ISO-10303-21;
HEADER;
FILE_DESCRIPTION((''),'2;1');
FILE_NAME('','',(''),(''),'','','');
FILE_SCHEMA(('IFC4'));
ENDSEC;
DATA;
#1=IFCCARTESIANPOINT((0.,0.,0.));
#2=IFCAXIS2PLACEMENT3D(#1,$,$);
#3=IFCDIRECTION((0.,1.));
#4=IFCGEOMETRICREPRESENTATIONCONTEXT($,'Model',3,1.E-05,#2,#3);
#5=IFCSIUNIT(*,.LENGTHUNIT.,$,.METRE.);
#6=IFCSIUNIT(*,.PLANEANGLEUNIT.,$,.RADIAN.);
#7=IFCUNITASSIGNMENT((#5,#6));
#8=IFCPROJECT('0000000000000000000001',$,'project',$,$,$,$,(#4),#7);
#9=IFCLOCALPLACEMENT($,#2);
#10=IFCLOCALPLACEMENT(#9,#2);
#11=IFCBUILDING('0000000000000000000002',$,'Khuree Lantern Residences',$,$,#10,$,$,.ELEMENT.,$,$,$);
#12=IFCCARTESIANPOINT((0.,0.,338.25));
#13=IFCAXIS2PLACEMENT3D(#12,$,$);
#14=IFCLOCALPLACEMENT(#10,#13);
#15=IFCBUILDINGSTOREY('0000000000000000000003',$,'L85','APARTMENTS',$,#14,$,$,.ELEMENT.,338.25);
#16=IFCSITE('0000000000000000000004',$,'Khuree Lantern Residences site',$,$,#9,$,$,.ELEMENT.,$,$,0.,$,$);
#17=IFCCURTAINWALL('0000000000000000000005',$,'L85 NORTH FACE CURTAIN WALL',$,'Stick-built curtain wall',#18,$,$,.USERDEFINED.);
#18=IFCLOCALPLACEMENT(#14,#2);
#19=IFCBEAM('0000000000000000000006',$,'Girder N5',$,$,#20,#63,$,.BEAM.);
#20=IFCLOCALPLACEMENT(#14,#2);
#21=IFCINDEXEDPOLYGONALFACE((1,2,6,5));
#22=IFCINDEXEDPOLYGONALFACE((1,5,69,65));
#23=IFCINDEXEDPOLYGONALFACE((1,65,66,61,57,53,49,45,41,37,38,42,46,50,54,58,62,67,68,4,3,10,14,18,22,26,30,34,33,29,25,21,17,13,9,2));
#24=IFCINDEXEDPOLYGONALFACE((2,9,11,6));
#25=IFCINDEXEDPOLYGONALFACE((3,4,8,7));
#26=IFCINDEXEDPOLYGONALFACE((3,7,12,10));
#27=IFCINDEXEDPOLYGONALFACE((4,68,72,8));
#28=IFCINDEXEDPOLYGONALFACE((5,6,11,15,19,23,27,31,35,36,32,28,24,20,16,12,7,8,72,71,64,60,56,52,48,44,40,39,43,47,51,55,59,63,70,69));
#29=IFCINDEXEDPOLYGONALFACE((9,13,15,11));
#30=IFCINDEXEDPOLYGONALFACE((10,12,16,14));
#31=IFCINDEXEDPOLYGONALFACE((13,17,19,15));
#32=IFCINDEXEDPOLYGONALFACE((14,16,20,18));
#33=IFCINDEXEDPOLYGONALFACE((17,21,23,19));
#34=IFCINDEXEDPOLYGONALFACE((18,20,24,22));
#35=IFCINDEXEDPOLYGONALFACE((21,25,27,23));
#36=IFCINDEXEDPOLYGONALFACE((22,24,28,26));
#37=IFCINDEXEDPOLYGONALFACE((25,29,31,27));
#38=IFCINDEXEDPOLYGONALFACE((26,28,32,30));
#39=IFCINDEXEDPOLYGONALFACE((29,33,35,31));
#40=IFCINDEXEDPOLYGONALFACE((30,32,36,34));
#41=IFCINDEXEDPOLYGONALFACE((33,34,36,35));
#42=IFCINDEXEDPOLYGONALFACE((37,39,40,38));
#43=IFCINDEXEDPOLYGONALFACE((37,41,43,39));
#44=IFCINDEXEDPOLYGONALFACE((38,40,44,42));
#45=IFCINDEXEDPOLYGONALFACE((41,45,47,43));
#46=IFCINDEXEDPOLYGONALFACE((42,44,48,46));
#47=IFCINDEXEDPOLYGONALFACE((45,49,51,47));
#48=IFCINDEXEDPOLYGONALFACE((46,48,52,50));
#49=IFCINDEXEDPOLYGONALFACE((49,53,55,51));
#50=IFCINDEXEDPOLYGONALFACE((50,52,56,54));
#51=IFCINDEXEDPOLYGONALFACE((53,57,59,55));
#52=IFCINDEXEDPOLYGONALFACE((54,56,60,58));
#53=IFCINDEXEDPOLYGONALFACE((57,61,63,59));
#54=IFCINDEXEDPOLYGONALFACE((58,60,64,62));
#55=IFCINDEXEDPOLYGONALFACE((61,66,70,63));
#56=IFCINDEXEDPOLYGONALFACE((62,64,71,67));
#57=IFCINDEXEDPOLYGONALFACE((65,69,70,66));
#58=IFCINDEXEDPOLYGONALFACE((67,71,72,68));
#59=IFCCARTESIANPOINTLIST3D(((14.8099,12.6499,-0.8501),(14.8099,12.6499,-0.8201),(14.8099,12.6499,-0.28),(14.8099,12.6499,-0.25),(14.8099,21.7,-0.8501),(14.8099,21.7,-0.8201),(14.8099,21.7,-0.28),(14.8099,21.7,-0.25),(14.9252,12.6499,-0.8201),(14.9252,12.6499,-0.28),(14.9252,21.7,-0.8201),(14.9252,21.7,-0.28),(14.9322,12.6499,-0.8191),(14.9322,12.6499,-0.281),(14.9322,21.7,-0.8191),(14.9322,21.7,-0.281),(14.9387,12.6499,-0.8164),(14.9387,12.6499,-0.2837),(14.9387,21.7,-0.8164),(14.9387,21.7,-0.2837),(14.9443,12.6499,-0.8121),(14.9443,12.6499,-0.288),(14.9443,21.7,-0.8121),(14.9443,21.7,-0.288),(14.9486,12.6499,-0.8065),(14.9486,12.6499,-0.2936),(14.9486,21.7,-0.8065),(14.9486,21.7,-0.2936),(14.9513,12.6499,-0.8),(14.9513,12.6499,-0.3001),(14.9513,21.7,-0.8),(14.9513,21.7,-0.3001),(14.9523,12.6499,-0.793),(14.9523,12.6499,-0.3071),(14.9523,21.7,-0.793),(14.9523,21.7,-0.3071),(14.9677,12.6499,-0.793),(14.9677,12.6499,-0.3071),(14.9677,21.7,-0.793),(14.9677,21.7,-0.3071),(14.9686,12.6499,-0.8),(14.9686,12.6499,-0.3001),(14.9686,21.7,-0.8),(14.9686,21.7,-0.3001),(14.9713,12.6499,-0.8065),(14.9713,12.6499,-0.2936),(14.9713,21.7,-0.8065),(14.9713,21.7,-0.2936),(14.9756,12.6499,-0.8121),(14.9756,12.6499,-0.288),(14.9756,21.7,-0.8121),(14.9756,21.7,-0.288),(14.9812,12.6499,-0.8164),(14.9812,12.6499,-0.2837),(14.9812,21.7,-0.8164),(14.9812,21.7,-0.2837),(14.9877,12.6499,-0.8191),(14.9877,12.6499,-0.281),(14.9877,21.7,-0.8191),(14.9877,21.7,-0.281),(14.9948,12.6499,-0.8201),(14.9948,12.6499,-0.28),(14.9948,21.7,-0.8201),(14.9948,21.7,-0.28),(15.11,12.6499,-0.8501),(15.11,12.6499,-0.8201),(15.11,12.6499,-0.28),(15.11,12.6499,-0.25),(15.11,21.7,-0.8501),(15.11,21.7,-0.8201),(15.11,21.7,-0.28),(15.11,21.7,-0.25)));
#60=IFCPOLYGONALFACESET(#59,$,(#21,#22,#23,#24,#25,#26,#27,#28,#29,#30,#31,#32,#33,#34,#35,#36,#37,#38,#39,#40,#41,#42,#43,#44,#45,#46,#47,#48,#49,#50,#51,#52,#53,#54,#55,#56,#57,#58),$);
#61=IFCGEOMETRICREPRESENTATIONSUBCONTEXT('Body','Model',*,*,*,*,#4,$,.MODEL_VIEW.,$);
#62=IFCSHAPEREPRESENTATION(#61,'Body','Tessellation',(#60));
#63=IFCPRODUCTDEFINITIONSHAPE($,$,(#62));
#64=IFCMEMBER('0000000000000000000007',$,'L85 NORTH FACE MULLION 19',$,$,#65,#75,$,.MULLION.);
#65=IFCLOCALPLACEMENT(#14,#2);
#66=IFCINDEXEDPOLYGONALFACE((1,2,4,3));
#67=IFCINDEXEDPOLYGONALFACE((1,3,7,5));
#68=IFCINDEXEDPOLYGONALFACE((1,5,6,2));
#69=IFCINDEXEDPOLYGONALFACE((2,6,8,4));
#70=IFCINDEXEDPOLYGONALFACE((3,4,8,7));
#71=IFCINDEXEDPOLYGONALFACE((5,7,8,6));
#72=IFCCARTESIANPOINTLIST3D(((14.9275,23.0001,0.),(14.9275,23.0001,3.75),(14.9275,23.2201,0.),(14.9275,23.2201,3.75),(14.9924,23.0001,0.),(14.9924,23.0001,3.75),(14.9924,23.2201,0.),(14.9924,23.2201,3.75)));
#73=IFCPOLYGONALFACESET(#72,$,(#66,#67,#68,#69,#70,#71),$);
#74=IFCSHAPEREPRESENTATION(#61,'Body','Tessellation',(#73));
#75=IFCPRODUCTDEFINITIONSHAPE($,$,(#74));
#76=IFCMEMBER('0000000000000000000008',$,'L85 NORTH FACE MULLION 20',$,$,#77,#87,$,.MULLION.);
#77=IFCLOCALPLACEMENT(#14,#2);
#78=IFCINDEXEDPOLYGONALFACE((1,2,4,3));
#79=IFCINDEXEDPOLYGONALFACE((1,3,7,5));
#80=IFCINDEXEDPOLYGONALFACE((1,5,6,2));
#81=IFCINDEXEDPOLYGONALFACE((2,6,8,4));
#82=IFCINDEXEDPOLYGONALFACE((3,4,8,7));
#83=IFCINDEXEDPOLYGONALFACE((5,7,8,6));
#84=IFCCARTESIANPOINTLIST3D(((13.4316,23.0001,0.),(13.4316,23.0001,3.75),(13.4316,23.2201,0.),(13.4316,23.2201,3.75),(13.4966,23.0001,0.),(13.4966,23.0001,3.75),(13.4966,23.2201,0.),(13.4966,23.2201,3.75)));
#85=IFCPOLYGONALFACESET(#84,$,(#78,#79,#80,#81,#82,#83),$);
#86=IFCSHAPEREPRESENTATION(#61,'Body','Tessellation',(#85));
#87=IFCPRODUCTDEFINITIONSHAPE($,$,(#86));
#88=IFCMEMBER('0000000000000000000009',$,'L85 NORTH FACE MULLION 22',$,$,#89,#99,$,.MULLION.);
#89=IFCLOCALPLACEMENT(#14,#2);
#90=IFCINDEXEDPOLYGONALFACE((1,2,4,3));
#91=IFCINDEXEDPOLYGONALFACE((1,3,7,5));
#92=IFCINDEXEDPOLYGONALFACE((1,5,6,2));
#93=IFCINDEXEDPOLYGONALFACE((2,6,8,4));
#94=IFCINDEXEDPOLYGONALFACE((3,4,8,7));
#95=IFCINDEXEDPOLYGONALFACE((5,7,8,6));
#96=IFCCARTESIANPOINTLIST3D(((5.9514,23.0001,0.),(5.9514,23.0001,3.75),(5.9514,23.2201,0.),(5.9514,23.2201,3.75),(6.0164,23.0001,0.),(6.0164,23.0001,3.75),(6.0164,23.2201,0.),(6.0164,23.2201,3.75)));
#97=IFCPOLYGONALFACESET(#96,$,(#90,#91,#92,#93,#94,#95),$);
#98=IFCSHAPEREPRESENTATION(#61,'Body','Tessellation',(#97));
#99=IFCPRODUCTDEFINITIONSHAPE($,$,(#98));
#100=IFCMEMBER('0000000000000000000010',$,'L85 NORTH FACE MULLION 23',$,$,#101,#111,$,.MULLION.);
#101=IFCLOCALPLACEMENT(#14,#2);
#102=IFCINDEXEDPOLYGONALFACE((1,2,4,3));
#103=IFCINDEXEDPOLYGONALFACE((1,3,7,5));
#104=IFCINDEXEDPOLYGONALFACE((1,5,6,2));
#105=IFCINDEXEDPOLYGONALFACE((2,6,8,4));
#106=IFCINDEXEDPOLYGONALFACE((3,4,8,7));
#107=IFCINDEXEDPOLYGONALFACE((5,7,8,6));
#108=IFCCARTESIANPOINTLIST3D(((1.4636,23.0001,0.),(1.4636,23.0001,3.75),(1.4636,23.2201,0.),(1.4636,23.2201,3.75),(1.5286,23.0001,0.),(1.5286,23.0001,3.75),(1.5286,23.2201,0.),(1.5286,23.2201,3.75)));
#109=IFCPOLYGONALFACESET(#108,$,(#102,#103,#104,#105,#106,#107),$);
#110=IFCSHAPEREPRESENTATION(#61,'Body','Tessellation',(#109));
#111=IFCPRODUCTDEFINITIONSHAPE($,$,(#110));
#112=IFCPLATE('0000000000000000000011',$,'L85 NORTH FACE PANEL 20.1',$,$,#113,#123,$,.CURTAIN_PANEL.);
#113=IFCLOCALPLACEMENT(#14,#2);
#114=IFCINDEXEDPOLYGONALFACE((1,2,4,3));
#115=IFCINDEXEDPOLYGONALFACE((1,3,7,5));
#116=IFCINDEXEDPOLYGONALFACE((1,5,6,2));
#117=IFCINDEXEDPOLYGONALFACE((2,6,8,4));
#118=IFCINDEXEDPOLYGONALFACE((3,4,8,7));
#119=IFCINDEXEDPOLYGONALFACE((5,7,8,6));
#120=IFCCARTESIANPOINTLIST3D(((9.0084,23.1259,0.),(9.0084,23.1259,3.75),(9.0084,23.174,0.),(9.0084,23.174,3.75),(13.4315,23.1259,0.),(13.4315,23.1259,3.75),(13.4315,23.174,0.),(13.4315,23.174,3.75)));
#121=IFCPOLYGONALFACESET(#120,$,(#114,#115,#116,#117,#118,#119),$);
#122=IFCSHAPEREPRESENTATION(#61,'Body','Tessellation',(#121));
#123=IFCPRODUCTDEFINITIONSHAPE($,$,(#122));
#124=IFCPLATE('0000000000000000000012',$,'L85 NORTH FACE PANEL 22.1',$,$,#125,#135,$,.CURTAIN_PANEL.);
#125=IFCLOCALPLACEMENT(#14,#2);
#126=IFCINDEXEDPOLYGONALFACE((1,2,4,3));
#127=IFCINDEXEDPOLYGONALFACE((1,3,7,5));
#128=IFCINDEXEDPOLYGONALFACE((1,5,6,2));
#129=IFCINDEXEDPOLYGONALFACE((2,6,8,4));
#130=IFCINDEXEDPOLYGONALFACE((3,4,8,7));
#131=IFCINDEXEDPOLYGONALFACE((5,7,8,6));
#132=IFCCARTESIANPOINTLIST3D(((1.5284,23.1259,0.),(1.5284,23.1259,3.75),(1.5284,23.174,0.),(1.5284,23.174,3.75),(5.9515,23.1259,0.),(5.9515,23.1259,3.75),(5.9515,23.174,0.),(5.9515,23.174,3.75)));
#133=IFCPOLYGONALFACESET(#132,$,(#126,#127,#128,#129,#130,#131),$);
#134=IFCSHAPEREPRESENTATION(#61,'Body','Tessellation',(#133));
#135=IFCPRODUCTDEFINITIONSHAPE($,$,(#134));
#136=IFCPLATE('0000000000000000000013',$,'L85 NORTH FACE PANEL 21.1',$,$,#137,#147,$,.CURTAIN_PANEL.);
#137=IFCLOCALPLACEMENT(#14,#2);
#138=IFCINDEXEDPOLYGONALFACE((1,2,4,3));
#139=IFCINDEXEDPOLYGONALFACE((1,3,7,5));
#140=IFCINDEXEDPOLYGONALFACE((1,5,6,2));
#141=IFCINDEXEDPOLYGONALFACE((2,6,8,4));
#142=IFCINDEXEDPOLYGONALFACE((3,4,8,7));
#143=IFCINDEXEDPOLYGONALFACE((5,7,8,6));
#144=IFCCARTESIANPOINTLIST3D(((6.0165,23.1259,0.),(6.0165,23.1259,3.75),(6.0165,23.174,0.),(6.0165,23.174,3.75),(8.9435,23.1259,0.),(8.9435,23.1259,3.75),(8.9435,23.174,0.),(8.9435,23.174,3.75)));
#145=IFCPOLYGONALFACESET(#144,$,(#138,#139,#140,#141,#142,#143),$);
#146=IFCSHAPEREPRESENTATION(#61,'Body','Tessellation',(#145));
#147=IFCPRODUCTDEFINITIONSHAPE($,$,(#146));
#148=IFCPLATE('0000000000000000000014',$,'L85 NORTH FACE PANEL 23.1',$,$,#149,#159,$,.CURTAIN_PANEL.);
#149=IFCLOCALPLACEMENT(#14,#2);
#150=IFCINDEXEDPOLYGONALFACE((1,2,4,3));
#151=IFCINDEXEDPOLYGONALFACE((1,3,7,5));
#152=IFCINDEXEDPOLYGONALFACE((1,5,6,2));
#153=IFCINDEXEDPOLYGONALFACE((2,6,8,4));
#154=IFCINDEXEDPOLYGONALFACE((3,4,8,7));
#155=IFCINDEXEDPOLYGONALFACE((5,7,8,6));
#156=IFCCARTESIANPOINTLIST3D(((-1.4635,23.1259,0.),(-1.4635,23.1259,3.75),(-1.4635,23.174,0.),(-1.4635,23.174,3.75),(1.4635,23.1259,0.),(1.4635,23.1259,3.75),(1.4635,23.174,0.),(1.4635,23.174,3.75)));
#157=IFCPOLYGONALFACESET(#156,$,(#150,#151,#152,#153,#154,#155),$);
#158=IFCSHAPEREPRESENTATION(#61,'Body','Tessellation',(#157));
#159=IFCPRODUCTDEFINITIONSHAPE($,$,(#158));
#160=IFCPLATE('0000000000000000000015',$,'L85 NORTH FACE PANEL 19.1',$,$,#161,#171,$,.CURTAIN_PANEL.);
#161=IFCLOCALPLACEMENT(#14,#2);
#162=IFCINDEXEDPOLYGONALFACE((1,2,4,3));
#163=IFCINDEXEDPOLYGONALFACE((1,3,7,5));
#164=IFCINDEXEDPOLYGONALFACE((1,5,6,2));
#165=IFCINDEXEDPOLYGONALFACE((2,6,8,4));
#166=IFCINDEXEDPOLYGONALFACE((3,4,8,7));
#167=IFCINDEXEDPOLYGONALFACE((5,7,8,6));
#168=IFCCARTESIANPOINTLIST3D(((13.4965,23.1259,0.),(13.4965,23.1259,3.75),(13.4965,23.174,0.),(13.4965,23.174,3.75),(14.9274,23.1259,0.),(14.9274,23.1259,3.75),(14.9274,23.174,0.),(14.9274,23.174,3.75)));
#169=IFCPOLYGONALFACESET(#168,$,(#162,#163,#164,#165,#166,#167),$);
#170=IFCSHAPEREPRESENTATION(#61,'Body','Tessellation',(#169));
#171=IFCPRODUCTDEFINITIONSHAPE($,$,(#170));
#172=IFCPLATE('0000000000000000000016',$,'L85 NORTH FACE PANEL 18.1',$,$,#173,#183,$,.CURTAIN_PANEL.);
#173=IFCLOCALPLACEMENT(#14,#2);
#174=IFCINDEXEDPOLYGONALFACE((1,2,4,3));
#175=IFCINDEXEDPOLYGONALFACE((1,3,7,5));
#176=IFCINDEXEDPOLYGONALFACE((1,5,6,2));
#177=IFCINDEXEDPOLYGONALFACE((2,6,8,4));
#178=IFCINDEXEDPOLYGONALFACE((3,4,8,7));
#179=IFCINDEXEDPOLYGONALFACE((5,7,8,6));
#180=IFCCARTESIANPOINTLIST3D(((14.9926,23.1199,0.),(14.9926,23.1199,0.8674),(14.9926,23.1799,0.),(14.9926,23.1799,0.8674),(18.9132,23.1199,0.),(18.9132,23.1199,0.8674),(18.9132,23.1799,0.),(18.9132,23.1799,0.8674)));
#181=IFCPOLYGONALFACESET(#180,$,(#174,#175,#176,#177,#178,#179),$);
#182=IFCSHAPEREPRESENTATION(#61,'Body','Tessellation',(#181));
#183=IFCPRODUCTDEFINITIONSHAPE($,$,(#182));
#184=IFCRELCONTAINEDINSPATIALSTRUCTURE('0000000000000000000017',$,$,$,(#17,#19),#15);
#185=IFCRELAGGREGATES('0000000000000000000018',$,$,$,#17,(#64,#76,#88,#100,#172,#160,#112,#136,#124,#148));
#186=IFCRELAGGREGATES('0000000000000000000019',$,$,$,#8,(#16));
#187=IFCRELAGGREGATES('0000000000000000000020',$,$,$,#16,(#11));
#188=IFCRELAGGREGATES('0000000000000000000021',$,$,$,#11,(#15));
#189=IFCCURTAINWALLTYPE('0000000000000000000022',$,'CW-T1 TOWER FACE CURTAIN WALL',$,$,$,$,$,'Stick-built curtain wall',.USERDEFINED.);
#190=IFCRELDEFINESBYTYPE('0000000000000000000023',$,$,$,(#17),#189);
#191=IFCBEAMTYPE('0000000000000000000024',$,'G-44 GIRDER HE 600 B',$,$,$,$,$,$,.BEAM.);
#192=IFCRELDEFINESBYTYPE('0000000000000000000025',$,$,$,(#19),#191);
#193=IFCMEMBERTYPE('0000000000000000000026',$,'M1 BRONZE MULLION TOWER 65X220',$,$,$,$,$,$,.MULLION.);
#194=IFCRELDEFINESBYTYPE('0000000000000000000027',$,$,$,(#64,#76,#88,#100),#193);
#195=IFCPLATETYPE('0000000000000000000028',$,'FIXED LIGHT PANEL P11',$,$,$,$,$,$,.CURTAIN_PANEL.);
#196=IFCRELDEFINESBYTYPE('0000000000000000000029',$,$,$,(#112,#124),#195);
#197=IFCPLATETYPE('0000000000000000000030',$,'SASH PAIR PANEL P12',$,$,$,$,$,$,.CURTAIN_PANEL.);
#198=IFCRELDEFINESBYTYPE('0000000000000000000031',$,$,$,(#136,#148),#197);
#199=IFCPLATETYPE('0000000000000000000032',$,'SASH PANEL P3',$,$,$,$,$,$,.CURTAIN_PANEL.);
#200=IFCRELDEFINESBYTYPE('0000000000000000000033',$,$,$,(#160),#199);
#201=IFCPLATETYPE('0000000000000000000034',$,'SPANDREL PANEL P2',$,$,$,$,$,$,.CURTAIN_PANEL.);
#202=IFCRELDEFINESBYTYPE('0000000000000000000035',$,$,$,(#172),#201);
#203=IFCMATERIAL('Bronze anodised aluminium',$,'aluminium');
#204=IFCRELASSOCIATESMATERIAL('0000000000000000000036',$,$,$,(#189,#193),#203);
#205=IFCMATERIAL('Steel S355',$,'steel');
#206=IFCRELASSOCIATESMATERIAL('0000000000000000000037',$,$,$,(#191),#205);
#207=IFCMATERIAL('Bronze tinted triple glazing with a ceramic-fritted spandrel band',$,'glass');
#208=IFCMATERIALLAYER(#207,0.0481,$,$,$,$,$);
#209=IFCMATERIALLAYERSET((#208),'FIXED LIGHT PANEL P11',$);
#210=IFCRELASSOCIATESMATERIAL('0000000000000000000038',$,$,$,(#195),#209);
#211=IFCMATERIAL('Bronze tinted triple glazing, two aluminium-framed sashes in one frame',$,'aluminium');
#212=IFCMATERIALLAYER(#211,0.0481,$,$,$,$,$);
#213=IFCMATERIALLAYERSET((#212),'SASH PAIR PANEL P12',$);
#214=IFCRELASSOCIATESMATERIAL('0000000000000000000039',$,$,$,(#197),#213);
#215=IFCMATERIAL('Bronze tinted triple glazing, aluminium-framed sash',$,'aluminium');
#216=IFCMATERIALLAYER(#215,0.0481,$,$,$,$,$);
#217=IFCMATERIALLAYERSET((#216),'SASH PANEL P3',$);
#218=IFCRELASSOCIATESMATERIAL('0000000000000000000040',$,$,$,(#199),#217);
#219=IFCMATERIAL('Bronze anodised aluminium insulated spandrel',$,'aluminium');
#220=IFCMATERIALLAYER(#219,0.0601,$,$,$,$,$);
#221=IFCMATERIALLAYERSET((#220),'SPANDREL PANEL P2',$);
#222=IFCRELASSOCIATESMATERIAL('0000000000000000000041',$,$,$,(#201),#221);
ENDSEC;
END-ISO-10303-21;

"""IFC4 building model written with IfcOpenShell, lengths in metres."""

from ifc_helpers import new_model, si_unit, direction, frame, origin, origin_2d, place, context, subcontext, project, spatial, rectangle, i_section, extrude, material, layer, layer_set, material_profile, profile_set, type_object, element, aggregate, save


model = new_model("IFC4")

# Units and contexts
model_context = context("Model", 3, precision=1e-05, world=origin(), true_north=direction((0.0, 1.0)))
body_context = subcontext(model_context, "Body", "Model", "MODEL_VIEW")
ifc_project = project(units=[si_unit("LENGTHUNIT", "METRE"), si_unit("PLANEANGLEUNIT", "RADIAN")], contexts=[model_context])

# Site, building, storey
site_placement = place(None, origin())
site = spatial("IfcSite", under=ifc_project, at=site_placement, Name="Khuree Lantern Residences site", CompositionType="ELEMENT", RefElevation=0.0)
building_placement = place(site_placement, origin())
building = spatial("IfcBuilding", under=site, at=building_placement, Name="Khuree Lantern Residences", CompositionType="ELEMENT")
storey_placement = place(building_placement, frame((0.0, 0.0, 338.25)))
storey = spatial("IfcBuildingStorey", under=building, at=storey_placement, Name="L85", Description="APARTMENTS", CompositionType="ELEMENT", Elevation=338.25)

# Shared definitions
ifc_material_1 = material(Name="Steel S355", Category="steel")

# Curtain wall
ifc_material_2 = material(Name="Bronze anodised aluminium", Category="aluminium")
curtain_wall_type = type_object("IfcCurtainWallType", Name="CW-T1 TOWER FACE CURTAIN WALL", ElementType="Stick-built curtain wall", PredefinedType="USERDEFINED", material=ifc_material_2)
curtain_wall_placement = place(storey_placement, origin())
curtain_wall = element("IfcCurtainWall", 1, at=curtain_wall_placement, inside=storey, type_object=curtain_wall_type, Name="L85 NORTH FACE CURTAIN WALL", ObjectType="Stick-built curtain wall", PredefinedType="USERDEFINED")

# Beam
ifc_material_profile_1 = material_profile(ifc_material_1, i_section(OverallWidth=0.3, OverallDepth=0.6001, WebThickness=0.0154, FlangeThickness=0.03, FilletRadius=0.0271, at=origin_2d()), Name="HE 600 B")
ifc_profile_set_1 = profile_set([ifc_material_profile_1], Name="Steel S355")
beam_type_1 = type_object("IfcBeamType", Name="G-44 GIRDER HE 600 B", PredefinedType="BEAM", material=ifc_profile_set_1)
for number, where, z_axis, x_axis, name in (
    (2, (14.96, 21.7, -0.55), (0.0, -1.0, 0.0), (1.0, 0.0, 0.0), "Girder N5"),
):
    element("IfcBeam", number, at=place(storey_placement, frame(where, z_axis=z_axis, x_axis=x_axis)), inside=storey, type_object=beam_type_1, Name=name, PredefinedType="BEAM", context=body_context, shape_type="SweptSolid", body=[
        extrude(i_section(OverallWidth=0.3, OverallDepth=0.6001, WebThickness=0.0154, FlangeThickness=0.03, FilletRadius=0.0271, at=origin_2d()), origin(), (0.0, 0.0, 1.0), 9.05),
    ])

# Members
ifc_material_profile_2 = material_profile(ifc_material_2, rectangle(XDim=0.0649, YDim=0.22, at=origin_2d()), Name="M1 65X220")
ifc_profile_set_2 = profile_set([ifc_material_profile_2], Name="Bronze anodised aluminium")
member_type_1 = type_object("IfcMemberType", Name="M1 BRONZE MULLION TOWER 65X220", PredefinedType="MULLION", material=ifc_profile_set_2)
member_1_placement = place(storey_placement, frame((14.96, 23.1101, 0.0), z_axis=(0.0, 0.0, 1.0), x_axis=(-1.0, 0.0, 0.0)))
member_1 = element("IfcMember", 3, at=member_1_placement, type_object=member_type_1, Name="L85 NORTH FACE MULLION 19", PredefinedType="MULLION", context=body_context, shape_type="SweptSolid", body=[
    extrude(rectangle(XDim=0.0649, YDim=0.22, at=origin_2d()), origin(), (0.0, 0.0, 1.0), 3.75),
])
member_2_placement = place(storey_placement, frame((13.4641, 23.1101, 0.0), z_axis=(0.0, 0.0, 1.0), x_axis=(-1.0, 0.0, 0.0)))
member_2 = element("IfcMember", 4, at=member_2_placement, type_object=member_type_1, Name="L85 NORTH FACE MULLION 20", PredefinedType="MULLION", context=body_context, shape_type="SweptSolid", body=[
    extrude(rectangle(XDim=0.0649, YDim=0.22, at=origin_2d()), origin(), (0.0, 0.0, 1.0), 3.75),
])
member_3_placement = place(storey_placement, frame((5.9839, 23.1101, 0.0), z_axis=(0.0, 0.0, 1.0), x_axis=(-1.0, 0.0, 0.0)))
member_3 = element("IfcMember", 5, at=member_3_placement, type_object=member_type_1, Name="L85 NORTH FACE MULLION 22", PredefinedType="MULLION", context=body_context, shape_type="SweptSolid", body=[
    extrude(rectangle(XDim=0.0649, YDim=0.22, at=origin_2d()), origin(), (0.0, 0.0, 1.0), 3.75),
])
member_4_placement = place(storey_placement, frame((1.4961, 23.1101, 0.0), z_axis=(0.0, 0.0, 1.0), x_axis=(-1.0, 0.0, 0.0)))
member_4 = element("IfcMember", 6, at=member_4_placement, type_object=member_type_1, Name="L85 NORTH FACE MULLION 23", PredefinedType="MULLION", context=body_context, shape_type="SweptSolid", body=[
    extrude(rectangle(XDim=0.0649, YDim=0.22, at=origin_2d()), origin(), (0.0, 0.0, 1.0), 3.75),
])

# Plates
ifc_material_3 = material(Name="Bronze tinted triple glazing with a ceramic-fritted spandrel band", Category="glass")
ifc_layer_1 = layer(ifc_material_3, 0.0481)
ifc_layer_set_1 = layer_set([ifc_layer_1], Name="FIXED LIGHT PANEL P11")
plate_type_1 = type_object("IfcPlateType", Name="FIXED LIGHT PANEL P11", PredefinedType="CURTAIN_PANEL", material=ifc_layer_set_1)
plate_1_placement = place(storey_placement, frame((11.22, 23.1499, 0.0), z_axis=(0.0, 0.0, 1.0), x_axis=(-1.0, 0.0, 0.0)))
plate_1 = element("IfcPlate", 7, at=plate_1_placement, type_object=plate_type_1, Name="L85 NORTH FACE PANEL 20.1", PredefinedType="CURTAIN_PANEL", context=body_context, shape_type="SweptSolid", body=[
    extrude(rectangle(XDim=4.4231, YDim=0.0481, at=origin_2d()), origin(), (0.0, 0.0, 1.0), 3.75),
])
plate_2_placement = place(storey_placement, frame((3.74, 23.1499, 0.0), z_axis=(0.0, 0.0, 1.0), x_axis=(-1.0, 0.0, 0.0)))
plate_2 = element("IfcPlate", 8, at=plate_2_placement, type_object=plate_type_1, Name="L85 NORTH FACE PANEL 22.1", PredefinedType="CURTAIN_PANEL", context=body_context, shape_type="SweptSolid", body=[
    extrude(rectangle(XDim=4.4231, YDim=0.0481, at=origin_2d()), origin(), (0.0, 0.0, 1.0), 3.75),
])
ifc_material_4 = material(Name="Bronze tinted triple glazing, two aluminium-framed sashes in one frame", Category="aluminium")
ifc_layer_2 = layer(ifc_material_4, 0.0481)
ifc_layer_set_2 = layer_set([ifc_layer_2], Name="SASH PAIR PANEL P12")
plate_type_2 = type_object("IfcPlateType", Name="SASH PAIR PANEL P12", PredefinedType="CURTAIN_PANEL", material=ifc_layer_set_2)
plate_3_placement = place(storey_placement, frame((7.48, 23.1499, 0.0), z_axis=(0.0, 0.0, 1.0), x_axis=(-1.0, 0.0, 0.0)))
plate_3 = element("IfcPlate", 9, at=plate_3_placement, type_object=plate_type_2, Name="L85 NORTH FACE PANEL 21.1", PredefinedType="CURTAIN_PANEL", context=body_context, shape_type="SweptSolid", body=[
    extrude(rectangle(XDim=2.927, YDim=0.0481, at=origin_2d()), origin(), (0.0, 0.0, 1.0), 3.75),
])
plate_4_placement = place(storey_placement, frame((0.0, 23.1499, 0.0), z_axis=(0.0, 0.0, 1.0), x_axis=(-1.0, 0.0, 0.0)))
plate_4 = element("IfcPlate", 10, at=plate_4_placement, type_object=plate_type_2, Name="L85 NORTH FACE PANEL 23.1", PredefinedType="CURTAIN_PANEL", context=body_context, shape_type="SweptSolid", body=[
    extrude(rectangle(XDim=2.927, YDim=0.0481, at=origin_2d()), origin(), (0.0, 0.0, 1.0), 3.75),
])
ifc_material_5 = material(Name="Bronze tinted triple glazing, aluminium-framed sash", Category="aluminium")
ifc_layer_3 = layer(ifc_material_5, 0.0481)
ifc_layer_set_3 = layer_set([ifc_layer_3], Name="SASH PANEL P3")
plate_type_3 = type_object("IfcPlateType", Name="SASH PANEL P3", PredefinedType="CURTAIN_PANEL", material=ifc_layer_set_3)
plate_5_placement = place(storey_placement, frame((14.2119, 23.1499, 0.0), z_axis=(0.0, 0.0, 1.0), x_axis=(-1.0, 0.0, 0.0)))
plate_5 = element("IfcPlate", 11, at=plate_5_placement, type_object=plate_type_3, Name="L85 NORTH FACE PANEL 19.1", PredefinedType="CURTAIN_PANEL", context=body_context, shape_type="SweptSolid", body=[
    extrude(rectangle(XDim=1.4309, YDim=0.0481, at=origin_2d()), origin(), (0.0, 0.0, 1.0), 3.75),
])
ifc_material_6 = material(Name="Bronze anodised aluminium insulated spandrel", Category="aluminium")
ifc_layer_4 = layer(ifc_material_6, 0.0601)
ifc_layer_set_4 = layer_set([ifc_layer_4], Name="SPANDREL PANEL P2")
plate_type_4 = type_object("IfcPlateType", Name="SPANDREL PANEL P2", PredefinedType="CURTAIN_PANEL", material=ifc_layer_set_4)
plate_6_placement = place(storey_placement, frame((16.9529, 23.1499, 0.0), z_axis=(0.0, 0.0, 1.0), x_axis=(-1.0, 0.0, 0.0)))
plate_6 = element("IfcPlate", 12, at=plate_6_placement, type_object=plate_type_4, Name="L85 NORTH FACE PANEL 18.1", PredefinedType="CURTAIN_PANEL", context=body_context, shape_type="SweptSolid", body=[
    extrude(rectangle(XDim=3.9207, YDim=0.0601, at=origin_2d()), origin(), (0.0, 0.0, 1.0), 0.8674),
])
aggregate(curtain_wall, [member_1, member_2, member_3, member_4, plate_6, plate_5, plate_1, plate_3, plate_2, plate_4])

save(model, "model.ifc")
